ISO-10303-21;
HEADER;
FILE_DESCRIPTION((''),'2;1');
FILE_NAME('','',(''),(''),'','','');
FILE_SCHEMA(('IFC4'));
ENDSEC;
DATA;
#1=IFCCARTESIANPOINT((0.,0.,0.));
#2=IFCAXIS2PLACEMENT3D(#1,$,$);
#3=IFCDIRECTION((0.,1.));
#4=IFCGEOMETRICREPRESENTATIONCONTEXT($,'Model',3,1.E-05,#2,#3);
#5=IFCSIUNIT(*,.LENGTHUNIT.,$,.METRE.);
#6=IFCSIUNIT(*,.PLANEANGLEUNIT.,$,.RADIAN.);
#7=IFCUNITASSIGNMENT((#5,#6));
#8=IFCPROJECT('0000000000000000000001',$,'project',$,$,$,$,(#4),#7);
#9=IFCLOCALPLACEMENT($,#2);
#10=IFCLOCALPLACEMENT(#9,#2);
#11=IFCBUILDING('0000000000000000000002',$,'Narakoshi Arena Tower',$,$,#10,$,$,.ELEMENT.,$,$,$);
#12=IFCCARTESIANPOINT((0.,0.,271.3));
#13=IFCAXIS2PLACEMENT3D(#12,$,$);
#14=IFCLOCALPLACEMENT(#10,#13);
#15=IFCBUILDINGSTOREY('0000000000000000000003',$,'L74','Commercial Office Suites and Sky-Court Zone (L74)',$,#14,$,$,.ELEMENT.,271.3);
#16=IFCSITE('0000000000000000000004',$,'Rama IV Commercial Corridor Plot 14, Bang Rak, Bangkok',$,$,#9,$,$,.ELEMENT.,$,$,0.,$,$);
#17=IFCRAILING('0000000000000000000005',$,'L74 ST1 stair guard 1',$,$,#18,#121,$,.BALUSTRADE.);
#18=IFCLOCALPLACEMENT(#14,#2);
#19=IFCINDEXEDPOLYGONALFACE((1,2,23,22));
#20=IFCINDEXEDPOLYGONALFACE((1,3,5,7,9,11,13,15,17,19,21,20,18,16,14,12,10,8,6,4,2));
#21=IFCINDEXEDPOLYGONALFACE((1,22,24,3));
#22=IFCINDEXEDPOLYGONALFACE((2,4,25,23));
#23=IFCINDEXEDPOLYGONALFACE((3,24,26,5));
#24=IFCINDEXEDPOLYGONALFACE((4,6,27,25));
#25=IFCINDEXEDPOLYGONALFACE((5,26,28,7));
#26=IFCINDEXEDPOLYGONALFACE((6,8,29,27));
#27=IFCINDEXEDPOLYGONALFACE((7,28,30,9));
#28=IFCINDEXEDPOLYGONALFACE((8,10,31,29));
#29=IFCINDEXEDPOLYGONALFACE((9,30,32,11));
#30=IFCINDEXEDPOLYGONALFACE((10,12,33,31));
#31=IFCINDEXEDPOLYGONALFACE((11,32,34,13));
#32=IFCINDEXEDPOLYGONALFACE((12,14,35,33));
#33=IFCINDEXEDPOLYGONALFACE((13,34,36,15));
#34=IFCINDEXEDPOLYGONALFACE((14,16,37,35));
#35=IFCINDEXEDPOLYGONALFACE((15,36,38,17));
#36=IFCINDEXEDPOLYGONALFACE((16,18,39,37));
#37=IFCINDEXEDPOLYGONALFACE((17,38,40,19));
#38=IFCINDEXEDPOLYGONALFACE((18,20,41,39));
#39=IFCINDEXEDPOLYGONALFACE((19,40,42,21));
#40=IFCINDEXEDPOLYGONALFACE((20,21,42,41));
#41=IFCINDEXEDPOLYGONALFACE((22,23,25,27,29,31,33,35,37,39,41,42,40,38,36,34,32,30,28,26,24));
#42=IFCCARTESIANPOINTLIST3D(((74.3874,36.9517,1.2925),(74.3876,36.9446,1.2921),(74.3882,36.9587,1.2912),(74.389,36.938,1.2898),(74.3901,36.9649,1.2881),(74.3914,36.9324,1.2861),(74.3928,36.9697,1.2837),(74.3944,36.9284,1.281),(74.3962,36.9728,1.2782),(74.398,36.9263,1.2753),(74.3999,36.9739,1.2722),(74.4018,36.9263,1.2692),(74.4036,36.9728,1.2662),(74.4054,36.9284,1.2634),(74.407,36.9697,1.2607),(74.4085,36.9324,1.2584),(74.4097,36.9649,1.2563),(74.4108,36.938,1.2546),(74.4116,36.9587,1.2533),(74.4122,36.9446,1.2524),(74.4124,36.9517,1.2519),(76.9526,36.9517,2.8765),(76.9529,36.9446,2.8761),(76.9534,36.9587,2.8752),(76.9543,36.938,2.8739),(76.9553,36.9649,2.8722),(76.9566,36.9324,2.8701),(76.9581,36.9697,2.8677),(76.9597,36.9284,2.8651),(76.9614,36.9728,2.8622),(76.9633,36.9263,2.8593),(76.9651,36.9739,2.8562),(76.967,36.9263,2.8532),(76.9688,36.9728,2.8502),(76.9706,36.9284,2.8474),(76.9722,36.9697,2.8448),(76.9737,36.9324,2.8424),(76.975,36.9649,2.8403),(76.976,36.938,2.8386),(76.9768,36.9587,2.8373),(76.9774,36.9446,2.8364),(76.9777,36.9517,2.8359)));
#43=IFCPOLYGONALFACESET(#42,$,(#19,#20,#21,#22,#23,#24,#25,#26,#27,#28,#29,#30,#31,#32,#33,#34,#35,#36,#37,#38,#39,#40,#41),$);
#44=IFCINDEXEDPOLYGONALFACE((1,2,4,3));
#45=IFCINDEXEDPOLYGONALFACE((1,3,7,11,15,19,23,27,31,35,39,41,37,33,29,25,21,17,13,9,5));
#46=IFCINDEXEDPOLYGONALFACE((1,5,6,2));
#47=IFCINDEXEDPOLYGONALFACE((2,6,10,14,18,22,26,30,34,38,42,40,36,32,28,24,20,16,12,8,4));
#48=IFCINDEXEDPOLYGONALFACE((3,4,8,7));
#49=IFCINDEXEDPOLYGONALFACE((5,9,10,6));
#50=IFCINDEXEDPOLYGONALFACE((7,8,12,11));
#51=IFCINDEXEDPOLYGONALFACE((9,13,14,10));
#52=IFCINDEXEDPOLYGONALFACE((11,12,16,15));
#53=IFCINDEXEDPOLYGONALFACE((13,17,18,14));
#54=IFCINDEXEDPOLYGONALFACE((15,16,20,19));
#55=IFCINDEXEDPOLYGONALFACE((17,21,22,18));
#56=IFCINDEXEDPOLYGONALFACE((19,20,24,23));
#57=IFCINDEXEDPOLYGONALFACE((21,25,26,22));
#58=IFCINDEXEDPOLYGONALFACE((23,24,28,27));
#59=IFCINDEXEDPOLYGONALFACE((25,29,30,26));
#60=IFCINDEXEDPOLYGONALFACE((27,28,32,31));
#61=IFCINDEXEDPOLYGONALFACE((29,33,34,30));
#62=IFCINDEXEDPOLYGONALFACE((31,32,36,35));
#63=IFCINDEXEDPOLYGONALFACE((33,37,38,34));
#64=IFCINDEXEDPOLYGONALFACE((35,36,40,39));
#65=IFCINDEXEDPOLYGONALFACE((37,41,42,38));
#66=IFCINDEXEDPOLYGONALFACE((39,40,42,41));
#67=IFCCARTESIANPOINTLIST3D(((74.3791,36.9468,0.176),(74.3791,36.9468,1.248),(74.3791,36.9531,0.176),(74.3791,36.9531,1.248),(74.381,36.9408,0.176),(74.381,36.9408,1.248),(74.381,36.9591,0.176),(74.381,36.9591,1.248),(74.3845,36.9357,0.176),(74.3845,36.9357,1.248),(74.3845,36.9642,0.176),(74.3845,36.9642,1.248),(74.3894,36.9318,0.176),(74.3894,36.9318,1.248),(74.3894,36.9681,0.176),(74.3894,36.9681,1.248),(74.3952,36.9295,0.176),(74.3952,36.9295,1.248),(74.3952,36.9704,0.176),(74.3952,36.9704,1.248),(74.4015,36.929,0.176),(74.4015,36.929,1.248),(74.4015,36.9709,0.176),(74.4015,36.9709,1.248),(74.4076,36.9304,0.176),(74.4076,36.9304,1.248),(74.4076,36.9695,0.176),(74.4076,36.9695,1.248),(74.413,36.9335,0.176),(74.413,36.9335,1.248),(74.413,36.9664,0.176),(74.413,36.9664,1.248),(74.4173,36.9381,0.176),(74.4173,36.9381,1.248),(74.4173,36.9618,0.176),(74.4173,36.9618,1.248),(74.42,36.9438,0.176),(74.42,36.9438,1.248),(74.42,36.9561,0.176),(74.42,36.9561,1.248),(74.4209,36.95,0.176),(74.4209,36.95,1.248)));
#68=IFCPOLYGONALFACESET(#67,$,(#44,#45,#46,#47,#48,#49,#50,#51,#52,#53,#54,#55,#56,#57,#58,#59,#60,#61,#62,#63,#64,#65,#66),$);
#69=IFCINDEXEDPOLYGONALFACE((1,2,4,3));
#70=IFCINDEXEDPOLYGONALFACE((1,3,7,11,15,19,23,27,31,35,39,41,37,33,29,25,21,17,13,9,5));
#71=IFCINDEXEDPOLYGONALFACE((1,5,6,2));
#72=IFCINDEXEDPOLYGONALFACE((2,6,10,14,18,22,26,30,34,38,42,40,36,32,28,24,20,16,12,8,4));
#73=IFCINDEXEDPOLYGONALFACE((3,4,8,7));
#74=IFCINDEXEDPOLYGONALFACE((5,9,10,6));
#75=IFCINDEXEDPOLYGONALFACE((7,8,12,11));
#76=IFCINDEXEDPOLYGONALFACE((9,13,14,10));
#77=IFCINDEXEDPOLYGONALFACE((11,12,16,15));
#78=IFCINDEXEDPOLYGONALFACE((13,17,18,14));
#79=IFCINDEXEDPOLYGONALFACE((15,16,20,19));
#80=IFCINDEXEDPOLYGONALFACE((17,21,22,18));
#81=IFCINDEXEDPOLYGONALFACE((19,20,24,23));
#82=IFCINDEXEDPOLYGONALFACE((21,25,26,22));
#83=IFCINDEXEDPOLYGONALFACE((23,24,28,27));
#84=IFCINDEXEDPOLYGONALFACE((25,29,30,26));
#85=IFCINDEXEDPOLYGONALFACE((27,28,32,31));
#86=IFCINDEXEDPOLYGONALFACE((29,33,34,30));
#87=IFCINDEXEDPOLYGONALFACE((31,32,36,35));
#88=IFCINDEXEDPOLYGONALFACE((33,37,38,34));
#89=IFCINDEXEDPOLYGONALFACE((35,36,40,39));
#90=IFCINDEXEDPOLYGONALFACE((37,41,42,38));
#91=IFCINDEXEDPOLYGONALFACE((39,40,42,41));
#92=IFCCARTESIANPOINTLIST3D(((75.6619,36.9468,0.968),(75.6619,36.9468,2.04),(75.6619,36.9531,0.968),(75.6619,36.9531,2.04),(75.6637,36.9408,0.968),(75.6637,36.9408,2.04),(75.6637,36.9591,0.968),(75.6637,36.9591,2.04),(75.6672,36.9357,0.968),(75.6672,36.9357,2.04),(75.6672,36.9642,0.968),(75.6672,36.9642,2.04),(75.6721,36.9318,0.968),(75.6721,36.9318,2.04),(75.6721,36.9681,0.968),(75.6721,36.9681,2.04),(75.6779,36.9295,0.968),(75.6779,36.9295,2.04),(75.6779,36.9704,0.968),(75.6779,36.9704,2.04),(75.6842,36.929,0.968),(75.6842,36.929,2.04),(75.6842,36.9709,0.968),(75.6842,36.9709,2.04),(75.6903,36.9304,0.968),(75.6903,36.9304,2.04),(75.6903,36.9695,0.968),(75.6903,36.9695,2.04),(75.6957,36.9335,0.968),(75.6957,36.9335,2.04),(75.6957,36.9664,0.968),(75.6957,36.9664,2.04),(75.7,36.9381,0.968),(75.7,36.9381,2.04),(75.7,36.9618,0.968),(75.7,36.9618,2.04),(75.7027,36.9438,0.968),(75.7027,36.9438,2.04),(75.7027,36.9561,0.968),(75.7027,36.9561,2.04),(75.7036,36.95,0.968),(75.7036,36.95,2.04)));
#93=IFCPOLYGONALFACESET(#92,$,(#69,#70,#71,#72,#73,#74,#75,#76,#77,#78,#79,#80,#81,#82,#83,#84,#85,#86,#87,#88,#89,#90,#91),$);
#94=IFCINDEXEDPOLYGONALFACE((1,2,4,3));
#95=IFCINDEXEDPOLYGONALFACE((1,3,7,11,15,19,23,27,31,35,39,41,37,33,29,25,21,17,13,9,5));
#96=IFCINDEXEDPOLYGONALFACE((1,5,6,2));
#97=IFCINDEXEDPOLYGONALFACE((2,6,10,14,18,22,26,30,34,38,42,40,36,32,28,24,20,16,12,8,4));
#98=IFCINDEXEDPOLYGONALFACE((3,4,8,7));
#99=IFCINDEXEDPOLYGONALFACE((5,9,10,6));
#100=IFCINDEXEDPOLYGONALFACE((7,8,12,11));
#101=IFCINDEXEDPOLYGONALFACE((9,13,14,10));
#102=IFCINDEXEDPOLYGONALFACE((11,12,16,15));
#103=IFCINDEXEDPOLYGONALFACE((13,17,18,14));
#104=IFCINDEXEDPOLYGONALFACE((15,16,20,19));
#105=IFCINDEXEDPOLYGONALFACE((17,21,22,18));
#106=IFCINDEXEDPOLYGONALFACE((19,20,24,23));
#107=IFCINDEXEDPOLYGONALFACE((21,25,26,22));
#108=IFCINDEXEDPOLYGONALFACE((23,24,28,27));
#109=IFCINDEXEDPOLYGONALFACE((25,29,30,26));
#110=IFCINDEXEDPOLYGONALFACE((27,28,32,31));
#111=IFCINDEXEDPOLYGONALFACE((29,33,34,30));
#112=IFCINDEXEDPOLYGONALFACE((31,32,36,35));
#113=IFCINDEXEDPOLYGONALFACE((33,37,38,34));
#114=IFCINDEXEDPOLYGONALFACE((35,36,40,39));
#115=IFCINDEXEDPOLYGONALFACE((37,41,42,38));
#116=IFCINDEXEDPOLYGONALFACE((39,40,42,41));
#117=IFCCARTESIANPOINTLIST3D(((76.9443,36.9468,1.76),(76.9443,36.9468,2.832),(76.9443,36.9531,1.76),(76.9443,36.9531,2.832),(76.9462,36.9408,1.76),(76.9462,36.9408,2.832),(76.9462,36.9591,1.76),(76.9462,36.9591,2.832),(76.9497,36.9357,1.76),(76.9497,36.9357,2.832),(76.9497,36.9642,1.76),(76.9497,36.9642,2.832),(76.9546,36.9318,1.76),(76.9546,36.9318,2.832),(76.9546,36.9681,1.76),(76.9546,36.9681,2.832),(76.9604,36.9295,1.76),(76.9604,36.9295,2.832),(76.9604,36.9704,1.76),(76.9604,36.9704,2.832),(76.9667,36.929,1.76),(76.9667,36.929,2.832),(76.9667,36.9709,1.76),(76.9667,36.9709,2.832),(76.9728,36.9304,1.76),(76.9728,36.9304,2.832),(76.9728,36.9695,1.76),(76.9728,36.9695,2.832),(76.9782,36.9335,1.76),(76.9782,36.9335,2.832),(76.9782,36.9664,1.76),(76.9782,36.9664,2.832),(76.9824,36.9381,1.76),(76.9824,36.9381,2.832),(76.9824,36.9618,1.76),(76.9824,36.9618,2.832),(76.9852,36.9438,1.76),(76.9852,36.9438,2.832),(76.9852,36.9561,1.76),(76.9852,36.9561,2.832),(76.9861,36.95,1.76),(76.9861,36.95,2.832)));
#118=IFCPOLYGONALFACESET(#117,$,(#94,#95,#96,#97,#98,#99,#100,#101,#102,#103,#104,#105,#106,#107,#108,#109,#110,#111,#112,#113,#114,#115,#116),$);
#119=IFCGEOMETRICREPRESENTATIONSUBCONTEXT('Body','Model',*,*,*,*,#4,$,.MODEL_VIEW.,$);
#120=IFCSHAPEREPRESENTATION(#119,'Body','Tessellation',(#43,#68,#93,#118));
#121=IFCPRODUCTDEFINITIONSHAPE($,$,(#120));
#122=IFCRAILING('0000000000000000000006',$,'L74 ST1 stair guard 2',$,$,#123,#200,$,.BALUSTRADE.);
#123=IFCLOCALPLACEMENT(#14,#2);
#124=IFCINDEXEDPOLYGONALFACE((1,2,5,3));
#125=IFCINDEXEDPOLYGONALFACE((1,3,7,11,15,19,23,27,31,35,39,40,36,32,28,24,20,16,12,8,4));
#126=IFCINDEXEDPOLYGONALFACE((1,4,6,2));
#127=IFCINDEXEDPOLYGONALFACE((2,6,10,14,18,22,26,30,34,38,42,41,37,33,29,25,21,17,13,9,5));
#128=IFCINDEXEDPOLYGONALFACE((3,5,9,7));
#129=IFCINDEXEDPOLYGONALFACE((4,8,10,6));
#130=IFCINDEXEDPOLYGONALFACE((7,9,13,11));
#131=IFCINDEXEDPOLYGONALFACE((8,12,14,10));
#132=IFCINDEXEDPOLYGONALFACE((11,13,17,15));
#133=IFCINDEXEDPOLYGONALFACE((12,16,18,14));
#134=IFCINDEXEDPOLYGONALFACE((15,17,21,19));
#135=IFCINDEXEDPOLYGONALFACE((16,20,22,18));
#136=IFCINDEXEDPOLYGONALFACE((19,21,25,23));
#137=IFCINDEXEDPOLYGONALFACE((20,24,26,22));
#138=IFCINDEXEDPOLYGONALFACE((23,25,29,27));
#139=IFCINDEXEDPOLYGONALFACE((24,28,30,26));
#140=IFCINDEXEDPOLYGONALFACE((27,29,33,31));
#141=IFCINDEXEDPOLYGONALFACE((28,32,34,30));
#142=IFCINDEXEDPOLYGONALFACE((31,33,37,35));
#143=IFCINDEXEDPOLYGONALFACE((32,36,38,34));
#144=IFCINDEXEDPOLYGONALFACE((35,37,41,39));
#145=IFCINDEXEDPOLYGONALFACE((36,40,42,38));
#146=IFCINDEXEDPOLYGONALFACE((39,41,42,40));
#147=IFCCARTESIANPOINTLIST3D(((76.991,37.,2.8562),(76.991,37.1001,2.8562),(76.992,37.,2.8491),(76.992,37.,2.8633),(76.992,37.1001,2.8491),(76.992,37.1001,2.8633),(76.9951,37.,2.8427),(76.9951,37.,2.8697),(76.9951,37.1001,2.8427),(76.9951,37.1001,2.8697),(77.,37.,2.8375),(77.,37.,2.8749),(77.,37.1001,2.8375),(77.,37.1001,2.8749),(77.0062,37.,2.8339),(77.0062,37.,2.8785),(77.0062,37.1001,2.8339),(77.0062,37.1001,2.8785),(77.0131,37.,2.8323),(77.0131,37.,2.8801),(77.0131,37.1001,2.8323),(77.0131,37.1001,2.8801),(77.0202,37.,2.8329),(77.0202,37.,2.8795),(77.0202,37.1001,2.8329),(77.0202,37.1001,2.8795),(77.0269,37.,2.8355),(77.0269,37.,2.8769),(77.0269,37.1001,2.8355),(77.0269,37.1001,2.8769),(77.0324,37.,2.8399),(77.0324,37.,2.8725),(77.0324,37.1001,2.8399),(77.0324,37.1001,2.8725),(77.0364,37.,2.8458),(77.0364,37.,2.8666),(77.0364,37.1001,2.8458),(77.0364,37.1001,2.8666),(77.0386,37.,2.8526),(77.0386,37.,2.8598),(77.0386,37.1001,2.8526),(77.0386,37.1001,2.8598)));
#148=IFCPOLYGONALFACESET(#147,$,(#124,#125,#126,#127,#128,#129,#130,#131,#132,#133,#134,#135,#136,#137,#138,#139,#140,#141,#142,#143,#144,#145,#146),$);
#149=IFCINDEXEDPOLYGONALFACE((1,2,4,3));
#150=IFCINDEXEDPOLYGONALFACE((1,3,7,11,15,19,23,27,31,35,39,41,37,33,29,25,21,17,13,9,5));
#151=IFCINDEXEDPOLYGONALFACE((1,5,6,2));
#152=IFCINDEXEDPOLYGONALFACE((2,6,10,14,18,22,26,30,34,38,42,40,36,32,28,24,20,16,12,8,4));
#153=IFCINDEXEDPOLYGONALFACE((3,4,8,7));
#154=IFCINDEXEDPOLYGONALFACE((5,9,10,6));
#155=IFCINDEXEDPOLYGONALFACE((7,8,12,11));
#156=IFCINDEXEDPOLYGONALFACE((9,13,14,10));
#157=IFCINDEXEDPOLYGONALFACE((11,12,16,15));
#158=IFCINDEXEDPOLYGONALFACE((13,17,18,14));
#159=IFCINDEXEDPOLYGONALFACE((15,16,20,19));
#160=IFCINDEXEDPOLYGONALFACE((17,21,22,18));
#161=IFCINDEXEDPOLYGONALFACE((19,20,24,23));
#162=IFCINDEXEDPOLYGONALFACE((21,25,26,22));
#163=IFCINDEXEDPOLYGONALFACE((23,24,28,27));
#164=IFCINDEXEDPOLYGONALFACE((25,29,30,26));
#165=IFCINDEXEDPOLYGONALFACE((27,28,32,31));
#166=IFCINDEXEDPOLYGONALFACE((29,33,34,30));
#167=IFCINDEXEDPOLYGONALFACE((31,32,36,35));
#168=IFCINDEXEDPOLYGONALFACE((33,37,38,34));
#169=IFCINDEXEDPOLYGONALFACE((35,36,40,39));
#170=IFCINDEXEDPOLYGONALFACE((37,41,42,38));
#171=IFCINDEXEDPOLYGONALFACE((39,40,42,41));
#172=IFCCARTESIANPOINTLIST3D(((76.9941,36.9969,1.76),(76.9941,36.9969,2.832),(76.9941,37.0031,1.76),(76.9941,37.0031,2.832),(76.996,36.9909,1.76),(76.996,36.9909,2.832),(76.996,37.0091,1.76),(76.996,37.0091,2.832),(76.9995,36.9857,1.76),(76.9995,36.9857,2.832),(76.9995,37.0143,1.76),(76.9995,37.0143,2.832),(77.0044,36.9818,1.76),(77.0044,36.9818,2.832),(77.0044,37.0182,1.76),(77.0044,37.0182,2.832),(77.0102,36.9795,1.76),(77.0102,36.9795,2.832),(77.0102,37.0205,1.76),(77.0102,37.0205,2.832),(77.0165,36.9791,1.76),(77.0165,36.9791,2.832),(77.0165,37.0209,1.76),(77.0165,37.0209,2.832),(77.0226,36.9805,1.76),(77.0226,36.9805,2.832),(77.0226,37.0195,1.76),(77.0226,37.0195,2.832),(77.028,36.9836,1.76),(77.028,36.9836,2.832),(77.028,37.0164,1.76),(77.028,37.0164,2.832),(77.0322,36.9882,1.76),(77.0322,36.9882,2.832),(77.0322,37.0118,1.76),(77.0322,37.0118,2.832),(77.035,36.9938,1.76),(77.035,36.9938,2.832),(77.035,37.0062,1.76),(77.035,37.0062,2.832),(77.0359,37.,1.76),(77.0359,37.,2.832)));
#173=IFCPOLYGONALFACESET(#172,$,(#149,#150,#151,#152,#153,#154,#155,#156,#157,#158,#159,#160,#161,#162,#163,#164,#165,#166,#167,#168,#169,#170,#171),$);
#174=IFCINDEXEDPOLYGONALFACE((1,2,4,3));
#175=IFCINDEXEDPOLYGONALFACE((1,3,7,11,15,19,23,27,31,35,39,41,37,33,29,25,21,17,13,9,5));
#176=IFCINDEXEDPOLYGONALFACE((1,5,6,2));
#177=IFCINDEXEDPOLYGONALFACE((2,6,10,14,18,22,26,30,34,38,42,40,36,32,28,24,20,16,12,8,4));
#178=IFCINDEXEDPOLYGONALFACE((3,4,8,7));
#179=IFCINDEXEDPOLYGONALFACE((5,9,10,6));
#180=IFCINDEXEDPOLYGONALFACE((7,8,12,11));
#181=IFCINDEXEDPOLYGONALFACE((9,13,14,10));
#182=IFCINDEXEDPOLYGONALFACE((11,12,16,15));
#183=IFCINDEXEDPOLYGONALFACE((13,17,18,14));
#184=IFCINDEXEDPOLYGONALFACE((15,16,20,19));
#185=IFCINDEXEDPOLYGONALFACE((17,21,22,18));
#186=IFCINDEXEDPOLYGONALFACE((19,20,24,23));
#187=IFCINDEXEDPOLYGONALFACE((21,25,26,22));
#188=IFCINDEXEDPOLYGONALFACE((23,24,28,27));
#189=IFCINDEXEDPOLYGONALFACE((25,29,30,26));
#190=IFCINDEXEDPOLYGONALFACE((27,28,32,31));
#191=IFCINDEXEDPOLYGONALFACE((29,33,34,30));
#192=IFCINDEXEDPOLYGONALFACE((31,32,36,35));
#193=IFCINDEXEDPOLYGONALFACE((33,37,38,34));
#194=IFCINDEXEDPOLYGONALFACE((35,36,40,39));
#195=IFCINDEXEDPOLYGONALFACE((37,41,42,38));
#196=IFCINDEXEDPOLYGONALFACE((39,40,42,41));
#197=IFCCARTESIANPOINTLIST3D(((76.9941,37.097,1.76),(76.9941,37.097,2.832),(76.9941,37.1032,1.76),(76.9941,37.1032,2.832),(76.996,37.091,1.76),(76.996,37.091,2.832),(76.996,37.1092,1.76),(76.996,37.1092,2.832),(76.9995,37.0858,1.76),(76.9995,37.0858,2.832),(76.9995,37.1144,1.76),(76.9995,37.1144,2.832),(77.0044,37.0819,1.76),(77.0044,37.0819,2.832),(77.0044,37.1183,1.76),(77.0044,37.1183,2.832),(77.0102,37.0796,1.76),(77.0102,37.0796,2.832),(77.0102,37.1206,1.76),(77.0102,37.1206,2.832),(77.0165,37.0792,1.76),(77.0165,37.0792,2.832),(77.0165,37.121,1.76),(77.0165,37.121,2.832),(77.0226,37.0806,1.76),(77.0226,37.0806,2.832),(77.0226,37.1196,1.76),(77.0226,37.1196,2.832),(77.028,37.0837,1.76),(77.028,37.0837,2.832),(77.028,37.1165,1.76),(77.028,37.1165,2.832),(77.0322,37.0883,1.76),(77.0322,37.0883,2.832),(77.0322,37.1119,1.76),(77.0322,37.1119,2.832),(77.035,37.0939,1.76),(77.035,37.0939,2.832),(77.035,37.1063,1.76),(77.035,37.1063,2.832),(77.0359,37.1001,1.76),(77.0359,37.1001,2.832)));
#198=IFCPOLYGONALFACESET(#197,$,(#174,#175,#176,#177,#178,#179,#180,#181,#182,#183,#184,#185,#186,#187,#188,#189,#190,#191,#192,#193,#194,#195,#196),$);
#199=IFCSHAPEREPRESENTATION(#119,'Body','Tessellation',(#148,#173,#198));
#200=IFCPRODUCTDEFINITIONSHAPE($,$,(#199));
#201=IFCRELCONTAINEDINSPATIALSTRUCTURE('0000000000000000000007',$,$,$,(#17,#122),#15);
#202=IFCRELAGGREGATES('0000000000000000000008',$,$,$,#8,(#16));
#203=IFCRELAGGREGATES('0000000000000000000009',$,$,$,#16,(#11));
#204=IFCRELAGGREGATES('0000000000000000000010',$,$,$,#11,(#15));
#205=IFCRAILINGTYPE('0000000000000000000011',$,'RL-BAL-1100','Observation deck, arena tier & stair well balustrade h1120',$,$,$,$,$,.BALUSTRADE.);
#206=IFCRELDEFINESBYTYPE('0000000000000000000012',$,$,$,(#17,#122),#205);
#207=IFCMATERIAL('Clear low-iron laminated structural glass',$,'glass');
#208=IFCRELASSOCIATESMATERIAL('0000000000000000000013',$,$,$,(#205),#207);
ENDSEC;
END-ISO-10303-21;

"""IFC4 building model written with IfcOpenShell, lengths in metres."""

from ifc_helpers import new_model, si_unit, direction, frame, origin, origin_2d, place, context, subcontext, project, spatial, circle, extrude, material, type_object, element, save


model = new_model("IFC4")

# Units and contexts
model_context = context("Model", 3, precision=1e-05, world=origin(), true_north=direction((0.0, 1.0)))
body_context = subcontext(model_context, "Body", "Model", "MODEL_VIEW")
ifc_project = project(units=[si_unit("LENGTHUNIT", "METRE"), si_unit("PLANEANGLEUNIT", "RADIAN")], contexts=[model_context])

# Site, building, storey
site_placement = place(None, origin())
site = spatial("IfcSite", under=ifc_project, at=site_placement, Name="Rama IV Commercial Corridor Plot 14, Bang Rak, Bangkok", CompositionType="ELEMENT", RefElevation=0.0)
building_placement = place(site_placement, origin())
building = spatial("IfcBuilding", under=site, at=building_placement, Name="Narakoshi Arena Tower", CompositionType="ELEMENT")
storey_placement = place(building_placement, frame((0.0, 0.0, 271.3)))
storey = spatial("IfcBuildingStorey", under=building, at=storey_placement, Name="L74", Description="Commercial Office Suites and Sky-Court Zone (L74)", CompositionType="ELEMENT", Elevation=271.3)

# Railings
ifc_material_1 = material(Name="Clear low-iron laminated structural glass", Category="glass")
railing_type_1 = type_object("IfcRailingType", Name="RL-BAL-1100", Description="Observation deck, arena tier & stair well balustrade h1120", PredefinedType="BALUSTRADE", material=ifc_material_1)
railing_1_placement = place(storey_placement, frame((74.3999, 36.95, 0.176)))
element("IfcRailing", 1, at=railing_1_placement, inside=storey, type_object=railing_type_1, Name="L74 ST1 stair guard 1", PredefinedType="BALUSTRADE", context=body_context, shape_type="SweptSolid", body=[
    extrude(circle(Radius=0.0239, at=origin_2d()), frame((0.0, 0.0, 1.0962), z_axis=(0.850857, 0.0, 0.525398), x_axis=(0.0, 1.0, 0.0)), (0.0, 0.0, 1.0), 3.0149),
    extrude(circle(Radius=0.021, at=origin_2d()), origin(), (0.0, 0.0, 1.0), 1.072),
    extrude(circle(Radius=0.021, at=origin_2d()), frame((1.2827, 0.0, 0.792)), (0.0, 0.0, 1.0), 1.072),
    extrude(circle(Radius=0.021, at=origin_2d()), frame((2.5652, 0.0, 1.584)), (0.0, 0.0, 1.0), 1.072),
])
railing_2_placement = place(storey_placement, frame((77.0149, 37.0, 1.76)))
element("IfcRailing", 2, at=railing_2_placement, inside=storey, type_object=railing_type_1, Name="L74 ST1 stair guard 2", PredefinedType="BALUSTRADE", context=body_context, shape_type="SweptSolid", body=[
    extrude(circle(Radius=0.0239, at=origin_2d()), frame((0.0, 0.0, 1.0962), z_axis=(0.0, 1.0, 0.0), x_axis=(-1.0, 0.0, 0.0)), (0.0, 0.0, 1.0), 0.1001),
    extrude(circle(Radius=0.021, at=origin_2d()), origin(), (0.0, 0.0, 1.0), 1.072),
    extrude(circle(Radius=0.021, at=origin_2d()), frame((0.0, 0.1001, 0.0)), (0.0, 0.0, 1.0), 1.072),
])

save(model, "model.ifc")
